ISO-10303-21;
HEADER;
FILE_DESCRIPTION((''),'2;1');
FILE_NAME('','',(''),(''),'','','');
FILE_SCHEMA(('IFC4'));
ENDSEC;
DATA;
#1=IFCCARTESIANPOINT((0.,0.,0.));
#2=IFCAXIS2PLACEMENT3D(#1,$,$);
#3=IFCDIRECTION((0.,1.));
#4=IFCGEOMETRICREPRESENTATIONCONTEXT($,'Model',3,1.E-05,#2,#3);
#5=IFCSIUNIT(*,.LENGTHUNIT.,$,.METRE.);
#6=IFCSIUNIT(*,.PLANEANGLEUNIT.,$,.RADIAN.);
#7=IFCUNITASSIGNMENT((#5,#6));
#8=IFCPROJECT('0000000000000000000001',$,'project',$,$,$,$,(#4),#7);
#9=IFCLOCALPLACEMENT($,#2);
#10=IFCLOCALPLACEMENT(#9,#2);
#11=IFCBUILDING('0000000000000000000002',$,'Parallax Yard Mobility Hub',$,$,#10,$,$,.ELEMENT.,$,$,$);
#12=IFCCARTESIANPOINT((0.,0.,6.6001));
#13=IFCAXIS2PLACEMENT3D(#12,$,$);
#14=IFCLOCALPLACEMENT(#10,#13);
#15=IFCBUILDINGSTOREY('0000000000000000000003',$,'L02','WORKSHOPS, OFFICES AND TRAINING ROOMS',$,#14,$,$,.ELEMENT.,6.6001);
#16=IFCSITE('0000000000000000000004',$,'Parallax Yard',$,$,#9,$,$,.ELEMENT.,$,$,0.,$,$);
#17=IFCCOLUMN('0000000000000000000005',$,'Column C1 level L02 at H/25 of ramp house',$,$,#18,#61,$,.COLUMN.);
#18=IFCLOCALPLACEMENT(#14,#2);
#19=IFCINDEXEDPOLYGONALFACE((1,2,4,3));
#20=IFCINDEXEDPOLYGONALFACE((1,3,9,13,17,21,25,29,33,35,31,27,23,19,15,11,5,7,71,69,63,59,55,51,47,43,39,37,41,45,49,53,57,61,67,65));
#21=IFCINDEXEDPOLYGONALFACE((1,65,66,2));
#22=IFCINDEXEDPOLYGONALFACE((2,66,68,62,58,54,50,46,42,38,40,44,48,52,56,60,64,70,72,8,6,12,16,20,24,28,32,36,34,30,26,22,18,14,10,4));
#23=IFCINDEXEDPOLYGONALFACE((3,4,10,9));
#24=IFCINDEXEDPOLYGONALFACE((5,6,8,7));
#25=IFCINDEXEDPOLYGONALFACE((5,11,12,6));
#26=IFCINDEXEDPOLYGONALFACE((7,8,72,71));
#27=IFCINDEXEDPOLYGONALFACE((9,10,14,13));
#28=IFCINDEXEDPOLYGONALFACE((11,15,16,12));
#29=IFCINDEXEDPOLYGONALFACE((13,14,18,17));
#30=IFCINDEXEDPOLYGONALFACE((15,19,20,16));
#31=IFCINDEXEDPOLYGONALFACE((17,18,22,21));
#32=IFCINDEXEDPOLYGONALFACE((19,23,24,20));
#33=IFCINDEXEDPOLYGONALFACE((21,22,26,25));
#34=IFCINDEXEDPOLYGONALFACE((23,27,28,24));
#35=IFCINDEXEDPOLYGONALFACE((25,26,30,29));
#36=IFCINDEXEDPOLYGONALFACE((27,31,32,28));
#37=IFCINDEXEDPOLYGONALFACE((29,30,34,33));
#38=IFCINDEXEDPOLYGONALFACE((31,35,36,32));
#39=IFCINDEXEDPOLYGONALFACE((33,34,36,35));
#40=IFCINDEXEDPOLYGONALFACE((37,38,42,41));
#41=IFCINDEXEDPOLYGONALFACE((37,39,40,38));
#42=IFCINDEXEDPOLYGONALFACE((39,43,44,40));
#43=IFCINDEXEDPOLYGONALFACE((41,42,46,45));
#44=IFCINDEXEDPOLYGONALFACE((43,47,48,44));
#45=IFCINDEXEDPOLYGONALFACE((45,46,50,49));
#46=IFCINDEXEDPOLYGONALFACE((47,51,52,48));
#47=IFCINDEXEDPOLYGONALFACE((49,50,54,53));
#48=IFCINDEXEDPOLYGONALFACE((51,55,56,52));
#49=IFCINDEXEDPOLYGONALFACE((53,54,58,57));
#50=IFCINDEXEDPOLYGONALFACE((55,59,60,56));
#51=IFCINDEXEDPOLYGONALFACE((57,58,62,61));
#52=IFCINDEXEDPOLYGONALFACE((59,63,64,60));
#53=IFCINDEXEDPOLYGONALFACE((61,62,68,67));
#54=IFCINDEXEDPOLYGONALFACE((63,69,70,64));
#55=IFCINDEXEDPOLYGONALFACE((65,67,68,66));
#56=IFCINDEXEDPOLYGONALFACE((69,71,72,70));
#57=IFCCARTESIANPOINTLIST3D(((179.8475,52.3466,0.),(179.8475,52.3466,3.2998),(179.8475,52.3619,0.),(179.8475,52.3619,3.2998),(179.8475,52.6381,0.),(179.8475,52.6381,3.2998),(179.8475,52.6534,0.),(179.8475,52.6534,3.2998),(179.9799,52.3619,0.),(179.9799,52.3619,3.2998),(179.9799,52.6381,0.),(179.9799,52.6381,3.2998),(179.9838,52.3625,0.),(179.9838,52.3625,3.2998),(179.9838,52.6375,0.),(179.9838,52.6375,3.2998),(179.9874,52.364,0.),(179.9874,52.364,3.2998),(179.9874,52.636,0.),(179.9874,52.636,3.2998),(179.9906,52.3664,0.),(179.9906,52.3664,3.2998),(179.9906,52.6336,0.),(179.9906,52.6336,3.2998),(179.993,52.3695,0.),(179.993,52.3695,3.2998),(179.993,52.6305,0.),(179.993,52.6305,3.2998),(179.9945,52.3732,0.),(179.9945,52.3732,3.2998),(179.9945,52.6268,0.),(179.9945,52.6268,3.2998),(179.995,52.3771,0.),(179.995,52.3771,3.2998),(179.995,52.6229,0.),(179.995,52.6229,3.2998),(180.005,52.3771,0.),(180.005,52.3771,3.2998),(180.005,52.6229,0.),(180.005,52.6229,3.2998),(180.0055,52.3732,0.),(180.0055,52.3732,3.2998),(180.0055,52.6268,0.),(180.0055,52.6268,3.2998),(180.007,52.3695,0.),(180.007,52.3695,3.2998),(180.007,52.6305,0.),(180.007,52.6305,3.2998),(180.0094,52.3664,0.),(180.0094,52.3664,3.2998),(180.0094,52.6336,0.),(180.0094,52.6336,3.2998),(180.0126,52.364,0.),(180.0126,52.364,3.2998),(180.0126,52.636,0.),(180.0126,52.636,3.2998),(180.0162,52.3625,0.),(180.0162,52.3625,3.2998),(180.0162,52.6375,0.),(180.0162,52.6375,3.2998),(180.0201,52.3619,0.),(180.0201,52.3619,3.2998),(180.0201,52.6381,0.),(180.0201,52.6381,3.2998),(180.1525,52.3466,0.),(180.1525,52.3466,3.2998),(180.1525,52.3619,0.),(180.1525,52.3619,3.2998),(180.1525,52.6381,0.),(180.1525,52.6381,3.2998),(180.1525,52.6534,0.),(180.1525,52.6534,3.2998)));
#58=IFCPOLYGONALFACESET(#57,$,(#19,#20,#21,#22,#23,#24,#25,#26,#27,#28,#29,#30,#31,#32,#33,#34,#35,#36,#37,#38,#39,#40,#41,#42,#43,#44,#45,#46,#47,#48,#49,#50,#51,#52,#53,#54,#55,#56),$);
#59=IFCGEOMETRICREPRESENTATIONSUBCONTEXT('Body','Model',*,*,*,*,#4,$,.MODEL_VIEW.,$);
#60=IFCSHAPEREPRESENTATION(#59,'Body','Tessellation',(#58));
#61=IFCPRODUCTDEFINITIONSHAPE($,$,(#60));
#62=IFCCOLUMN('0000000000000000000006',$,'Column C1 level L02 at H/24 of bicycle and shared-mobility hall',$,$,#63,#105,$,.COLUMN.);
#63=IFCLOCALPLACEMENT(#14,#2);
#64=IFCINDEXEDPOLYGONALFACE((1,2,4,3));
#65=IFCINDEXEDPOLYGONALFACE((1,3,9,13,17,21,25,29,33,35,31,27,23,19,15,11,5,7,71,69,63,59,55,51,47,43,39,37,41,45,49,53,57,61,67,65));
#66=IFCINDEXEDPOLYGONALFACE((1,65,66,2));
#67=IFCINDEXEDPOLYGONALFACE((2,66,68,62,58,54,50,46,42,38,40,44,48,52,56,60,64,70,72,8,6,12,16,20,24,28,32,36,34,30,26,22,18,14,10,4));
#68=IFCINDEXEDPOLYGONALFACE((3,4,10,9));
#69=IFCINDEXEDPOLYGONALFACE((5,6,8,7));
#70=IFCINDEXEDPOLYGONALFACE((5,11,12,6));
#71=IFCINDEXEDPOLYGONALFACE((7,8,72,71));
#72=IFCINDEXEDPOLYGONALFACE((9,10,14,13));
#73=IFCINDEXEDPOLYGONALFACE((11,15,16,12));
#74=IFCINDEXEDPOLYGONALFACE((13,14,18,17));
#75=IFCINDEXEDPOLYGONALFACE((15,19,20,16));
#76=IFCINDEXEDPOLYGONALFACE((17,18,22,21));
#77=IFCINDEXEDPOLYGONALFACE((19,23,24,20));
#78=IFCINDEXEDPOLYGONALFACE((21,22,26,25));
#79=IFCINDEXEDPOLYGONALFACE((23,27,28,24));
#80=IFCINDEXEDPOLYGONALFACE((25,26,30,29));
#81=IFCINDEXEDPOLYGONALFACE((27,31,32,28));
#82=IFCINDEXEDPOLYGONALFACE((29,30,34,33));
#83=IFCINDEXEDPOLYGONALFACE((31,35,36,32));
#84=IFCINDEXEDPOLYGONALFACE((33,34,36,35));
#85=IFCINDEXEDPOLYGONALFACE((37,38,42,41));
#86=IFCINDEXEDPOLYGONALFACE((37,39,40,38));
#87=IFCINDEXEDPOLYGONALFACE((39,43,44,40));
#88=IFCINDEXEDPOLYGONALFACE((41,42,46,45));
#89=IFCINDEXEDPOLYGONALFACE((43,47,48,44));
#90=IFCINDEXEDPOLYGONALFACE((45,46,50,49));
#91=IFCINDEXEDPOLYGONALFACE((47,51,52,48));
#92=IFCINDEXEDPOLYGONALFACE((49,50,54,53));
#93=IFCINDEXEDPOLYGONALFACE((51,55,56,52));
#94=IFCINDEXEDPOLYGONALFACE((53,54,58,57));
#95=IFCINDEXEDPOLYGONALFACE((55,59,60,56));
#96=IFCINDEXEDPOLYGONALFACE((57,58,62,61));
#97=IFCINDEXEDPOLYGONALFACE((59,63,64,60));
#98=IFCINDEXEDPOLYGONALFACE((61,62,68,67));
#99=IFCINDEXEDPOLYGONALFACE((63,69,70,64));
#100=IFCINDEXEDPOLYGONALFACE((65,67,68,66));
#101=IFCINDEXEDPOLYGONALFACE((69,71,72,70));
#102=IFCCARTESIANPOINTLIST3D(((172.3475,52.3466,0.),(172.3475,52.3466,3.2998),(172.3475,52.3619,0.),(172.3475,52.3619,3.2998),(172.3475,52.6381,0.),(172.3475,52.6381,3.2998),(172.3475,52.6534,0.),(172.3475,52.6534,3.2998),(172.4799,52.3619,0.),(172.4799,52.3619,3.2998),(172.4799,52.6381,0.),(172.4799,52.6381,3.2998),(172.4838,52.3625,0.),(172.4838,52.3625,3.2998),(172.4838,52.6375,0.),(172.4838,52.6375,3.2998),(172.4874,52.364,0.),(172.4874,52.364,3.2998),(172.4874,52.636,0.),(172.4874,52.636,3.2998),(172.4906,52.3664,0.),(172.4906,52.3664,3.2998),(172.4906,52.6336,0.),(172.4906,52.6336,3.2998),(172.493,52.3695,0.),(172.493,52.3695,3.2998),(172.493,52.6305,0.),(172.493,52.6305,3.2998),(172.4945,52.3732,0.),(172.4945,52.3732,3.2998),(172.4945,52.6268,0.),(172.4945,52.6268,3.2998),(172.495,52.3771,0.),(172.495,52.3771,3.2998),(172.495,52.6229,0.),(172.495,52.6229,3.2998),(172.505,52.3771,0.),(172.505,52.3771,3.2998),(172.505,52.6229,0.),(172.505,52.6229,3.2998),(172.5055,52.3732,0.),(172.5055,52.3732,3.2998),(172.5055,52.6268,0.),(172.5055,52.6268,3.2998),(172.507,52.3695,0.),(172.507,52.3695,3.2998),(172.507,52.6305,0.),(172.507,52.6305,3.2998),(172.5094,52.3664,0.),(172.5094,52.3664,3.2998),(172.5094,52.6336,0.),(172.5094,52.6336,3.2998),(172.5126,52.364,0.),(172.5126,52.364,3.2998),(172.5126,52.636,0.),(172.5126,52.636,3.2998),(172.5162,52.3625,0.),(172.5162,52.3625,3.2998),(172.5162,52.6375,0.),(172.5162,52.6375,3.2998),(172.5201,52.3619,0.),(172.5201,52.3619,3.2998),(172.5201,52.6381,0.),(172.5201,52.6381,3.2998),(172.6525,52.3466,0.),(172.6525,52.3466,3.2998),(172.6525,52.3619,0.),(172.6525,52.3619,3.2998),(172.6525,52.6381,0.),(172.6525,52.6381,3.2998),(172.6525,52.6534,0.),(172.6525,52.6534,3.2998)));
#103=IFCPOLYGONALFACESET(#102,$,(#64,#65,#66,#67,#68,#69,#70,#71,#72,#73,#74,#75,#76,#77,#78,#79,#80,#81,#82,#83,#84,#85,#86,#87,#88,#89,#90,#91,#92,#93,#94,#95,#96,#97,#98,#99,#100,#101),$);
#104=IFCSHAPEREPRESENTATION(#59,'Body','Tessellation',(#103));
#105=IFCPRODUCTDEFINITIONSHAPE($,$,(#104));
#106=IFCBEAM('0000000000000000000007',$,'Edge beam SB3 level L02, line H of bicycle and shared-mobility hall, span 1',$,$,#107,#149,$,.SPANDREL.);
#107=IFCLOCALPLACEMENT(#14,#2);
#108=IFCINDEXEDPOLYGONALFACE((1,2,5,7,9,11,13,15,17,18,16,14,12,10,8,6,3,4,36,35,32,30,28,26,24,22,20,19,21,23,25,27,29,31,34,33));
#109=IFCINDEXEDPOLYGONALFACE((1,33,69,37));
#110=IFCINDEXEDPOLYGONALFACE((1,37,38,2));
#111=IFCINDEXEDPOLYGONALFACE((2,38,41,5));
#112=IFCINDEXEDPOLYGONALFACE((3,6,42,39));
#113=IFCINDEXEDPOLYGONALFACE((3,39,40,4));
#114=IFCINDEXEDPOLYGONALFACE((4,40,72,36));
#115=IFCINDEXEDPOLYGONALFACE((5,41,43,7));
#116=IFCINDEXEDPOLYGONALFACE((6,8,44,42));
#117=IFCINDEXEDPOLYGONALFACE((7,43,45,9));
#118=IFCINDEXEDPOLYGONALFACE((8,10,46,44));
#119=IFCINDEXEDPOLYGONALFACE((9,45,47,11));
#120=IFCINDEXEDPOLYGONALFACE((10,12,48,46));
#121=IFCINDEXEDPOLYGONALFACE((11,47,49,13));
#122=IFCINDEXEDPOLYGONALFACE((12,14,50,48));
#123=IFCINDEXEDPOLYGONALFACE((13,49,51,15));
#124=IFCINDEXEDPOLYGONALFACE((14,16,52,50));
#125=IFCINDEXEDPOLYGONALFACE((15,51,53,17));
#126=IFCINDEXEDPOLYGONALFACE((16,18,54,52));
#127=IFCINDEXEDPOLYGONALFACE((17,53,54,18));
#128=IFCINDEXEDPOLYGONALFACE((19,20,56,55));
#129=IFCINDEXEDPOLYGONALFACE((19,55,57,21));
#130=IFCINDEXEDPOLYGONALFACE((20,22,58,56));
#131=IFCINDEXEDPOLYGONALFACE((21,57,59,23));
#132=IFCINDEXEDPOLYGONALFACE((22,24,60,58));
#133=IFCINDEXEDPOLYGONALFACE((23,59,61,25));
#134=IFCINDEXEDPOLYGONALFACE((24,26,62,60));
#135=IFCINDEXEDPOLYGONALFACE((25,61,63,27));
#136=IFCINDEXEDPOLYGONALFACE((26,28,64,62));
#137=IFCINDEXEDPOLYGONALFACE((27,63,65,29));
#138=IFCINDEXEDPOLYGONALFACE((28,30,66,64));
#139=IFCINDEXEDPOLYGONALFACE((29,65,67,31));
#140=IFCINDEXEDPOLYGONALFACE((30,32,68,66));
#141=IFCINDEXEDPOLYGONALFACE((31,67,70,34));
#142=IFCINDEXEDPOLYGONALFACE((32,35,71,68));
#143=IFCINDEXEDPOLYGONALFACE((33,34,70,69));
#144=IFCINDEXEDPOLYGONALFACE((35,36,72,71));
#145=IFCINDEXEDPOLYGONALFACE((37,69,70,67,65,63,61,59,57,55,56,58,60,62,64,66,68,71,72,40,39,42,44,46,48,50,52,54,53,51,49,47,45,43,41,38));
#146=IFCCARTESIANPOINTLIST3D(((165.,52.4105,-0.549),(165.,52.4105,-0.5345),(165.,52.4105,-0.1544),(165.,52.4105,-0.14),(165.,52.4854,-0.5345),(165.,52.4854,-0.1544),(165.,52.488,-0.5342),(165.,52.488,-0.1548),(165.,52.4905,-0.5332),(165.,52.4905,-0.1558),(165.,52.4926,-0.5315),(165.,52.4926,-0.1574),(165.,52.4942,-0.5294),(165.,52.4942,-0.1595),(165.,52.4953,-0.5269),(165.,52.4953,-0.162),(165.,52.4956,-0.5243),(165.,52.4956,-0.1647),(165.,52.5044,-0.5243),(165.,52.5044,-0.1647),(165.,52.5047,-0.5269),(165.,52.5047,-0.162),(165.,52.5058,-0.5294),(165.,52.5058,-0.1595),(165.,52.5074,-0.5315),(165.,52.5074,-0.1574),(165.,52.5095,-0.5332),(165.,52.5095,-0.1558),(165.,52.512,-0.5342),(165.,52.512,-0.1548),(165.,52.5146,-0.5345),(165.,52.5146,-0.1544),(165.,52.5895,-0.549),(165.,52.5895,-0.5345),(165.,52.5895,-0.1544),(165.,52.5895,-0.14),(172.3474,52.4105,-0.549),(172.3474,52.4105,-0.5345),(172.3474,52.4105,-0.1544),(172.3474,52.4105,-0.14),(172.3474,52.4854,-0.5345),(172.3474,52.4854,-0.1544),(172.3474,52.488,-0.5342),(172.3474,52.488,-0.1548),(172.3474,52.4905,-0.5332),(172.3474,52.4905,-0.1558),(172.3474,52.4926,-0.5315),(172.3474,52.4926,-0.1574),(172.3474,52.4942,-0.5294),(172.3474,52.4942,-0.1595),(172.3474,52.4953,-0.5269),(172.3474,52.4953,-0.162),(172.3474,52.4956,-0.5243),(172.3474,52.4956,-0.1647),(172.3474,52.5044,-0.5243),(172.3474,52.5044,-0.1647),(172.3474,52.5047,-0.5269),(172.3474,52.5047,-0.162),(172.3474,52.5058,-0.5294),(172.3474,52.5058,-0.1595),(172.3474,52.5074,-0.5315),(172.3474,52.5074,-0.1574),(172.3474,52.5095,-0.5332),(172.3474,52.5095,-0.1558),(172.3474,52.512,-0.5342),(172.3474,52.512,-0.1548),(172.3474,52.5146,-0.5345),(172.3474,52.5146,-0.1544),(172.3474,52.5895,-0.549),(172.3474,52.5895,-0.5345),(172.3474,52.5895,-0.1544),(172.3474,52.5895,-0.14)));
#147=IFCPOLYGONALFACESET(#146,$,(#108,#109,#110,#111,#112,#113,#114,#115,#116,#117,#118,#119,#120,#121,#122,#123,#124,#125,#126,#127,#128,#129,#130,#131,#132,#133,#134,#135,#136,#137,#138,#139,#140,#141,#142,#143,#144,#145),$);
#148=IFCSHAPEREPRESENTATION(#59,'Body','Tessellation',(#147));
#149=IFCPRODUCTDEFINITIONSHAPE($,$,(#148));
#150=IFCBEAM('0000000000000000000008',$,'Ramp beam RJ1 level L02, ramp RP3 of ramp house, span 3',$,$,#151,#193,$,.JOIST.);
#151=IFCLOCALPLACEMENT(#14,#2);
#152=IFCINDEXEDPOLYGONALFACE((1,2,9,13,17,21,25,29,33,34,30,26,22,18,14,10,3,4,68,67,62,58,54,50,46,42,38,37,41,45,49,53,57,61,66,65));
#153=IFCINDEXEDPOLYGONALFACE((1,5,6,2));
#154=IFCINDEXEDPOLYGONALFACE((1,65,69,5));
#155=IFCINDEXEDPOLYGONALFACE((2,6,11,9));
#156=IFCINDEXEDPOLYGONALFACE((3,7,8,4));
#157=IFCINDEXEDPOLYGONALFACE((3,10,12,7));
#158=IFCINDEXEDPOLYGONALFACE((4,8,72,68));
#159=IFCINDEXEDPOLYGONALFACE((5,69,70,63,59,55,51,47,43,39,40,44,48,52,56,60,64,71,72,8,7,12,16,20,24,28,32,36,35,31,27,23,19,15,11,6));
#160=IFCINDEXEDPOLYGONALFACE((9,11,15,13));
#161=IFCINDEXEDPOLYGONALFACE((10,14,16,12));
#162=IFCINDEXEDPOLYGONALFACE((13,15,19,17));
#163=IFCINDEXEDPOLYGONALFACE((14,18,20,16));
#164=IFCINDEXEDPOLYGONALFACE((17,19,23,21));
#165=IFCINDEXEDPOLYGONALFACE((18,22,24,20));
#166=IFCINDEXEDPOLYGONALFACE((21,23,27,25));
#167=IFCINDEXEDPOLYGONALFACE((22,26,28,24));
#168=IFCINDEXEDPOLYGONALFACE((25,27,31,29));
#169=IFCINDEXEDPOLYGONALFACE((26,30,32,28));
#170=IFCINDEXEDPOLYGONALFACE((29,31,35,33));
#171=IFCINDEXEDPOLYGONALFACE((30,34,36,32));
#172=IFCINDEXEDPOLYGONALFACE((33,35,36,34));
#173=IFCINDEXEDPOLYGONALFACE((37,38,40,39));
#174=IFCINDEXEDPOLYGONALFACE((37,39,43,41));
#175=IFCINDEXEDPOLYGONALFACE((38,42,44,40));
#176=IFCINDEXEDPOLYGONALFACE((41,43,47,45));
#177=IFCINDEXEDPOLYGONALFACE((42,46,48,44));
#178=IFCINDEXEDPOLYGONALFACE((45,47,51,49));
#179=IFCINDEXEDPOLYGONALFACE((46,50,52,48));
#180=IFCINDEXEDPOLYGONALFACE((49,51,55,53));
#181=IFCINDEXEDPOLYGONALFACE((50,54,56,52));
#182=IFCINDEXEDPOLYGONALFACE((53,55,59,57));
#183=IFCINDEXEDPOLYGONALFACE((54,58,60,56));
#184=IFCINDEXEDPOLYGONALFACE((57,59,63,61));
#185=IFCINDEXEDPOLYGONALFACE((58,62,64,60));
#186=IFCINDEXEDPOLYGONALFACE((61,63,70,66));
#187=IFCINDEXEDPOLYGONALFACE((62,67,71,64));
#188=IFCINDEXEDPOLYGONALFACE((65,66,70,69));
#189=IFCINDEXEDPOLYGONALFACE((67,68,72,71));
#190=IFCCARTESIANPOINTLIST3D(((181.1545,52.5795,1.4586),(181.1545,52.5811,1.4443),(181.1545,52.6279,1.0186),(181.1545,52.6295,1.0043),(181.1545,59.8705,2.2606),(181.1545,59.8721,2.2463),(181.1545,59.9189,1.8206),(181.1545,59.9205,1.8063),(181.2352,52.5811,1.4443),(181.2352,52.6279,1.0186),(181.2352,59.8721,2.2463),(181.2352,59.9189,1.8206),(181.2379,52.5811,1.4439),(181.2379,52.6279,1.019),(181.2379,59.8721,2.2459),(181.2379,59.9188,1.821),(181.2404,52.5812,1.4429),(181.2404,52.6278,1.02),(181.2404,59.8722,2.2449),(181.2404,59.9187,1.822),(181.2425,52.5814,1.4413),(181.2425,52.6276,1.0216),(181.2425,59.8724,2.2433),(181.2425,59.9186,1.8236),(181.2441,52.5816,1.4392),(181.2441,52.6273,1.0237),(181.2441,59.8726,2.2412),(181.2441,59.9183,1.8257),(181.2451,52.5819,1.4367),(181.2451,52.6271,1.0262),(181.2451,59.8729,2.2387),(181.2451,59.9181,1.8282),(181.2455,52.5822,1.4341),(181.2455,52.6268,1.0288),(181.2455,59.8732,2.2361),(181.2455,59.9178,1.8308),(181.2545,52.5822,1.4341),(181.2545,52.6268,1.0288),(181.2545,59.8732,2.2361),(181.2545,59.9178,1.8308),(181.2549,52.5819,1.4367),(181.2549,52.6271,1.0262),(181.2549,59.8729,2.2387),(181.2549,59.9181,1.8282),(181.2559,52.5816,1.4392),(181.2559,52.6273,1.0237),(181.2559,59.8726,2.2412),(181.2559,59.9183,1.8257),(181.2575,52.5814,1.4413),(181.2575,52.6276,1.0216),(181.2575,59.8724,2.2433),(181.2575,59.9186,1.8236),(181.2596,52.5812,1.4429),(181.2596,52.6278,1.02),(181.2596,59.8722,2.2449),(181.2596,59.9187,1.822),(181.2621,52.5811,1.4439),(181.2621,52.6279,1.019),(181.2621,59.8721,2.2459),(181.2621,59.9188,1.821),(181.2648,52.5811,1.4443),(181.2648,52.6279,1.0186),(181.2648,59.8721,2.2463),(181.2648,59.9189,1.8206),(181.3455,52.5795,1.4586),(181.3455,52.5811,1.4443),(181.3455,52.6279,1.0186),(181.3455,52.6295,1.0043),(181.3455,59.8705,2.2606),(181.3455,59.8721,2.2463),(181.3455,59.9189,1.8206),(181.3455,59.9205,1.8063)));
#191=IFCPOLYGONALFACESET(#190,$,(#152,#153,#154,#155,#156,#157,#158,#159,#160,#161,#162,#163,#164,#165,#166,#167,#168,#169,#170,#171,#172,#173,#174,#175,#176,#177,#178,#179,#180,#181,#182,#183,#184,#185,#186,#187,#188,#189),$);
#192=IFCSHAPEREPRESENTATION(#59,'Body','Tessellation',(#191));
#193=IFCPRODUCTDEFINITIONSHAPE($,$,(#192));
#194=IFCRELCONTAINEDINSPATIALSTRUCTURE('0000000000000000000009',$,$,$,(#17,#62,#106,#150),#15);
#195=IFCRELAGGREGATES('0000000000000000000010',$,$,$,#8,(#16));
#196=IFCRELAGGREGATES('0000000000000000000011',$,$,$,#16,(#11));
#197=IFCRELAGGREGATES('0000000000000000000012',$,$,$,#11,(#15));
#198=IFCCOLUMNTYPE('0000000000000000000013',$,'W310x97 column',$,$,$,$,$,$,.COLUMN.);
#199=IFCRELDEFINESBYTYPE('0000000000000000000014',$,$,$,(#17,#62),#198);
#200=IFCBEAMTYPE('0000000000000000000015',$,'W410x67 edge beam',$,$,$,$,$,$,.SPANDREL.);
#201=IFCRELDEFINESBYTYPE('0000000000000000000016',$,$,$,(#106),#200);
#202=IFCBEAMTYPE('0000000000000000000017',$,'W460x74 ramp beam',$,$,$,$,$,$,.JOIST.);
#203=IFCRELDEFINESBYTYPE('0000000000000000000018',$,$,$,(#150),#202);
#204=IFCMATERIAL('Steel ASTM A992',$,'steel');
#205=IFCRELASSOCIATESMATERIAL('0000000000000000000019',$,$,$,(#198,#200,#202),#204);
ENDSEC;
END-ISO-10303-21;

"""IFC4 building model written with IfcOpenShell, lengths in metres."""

from ifc_helpers import new_model, si_unit, direction, frame, origin, origin_2d, place, context, subcontext, project, spatial, i_section, extrude, material, material_profile, profile_set, type_object, element, save


model = new_model("IFC4")

# Units and contexts
model_context = context("Model", 3, precision=1e-05, world=origin(), true_north=direction((0.0, 1.0)))
body_context = subcontext(model_context, "Body", "Model", "MODEL_VIEW")
ifc_project = project(units=[si_unit("LENGTHUNIT", "METRE"), si_unit("PLANEANGLEUNIT", "RADIAN")], contexts=[model_context])

# Site, building, storey
site_placement = place(None, origin())
site = spatial("IfcSite", under=ifc_project, at=site_placement, Name="Parallax Yard", CompositionType="ELEMENT", RefElevation=0.0)
building_placement = place(site_placement, origin())
building = spatial("IfcBuilding", under=site, at=building_placement, Name="Parallax Yard Mobility Hub", CompositionType="ELEMENT")
storey_placement = place(building_placement, frame((0.0, 0.0, 6.6001)))
storey = spatial("IfcBuildingStorey", under=building, at=storey_placement, Name="L02", Description="WORKSHOPS, OFFICES AND TRAINING ROOMS", CompositionType="ELEMENT", Elevation=6.6001)

# Columns
ifc_material_1 = material(Name="Steel ASTM A992", Category="steel")
ifc_material_profile_1 = material_profile(ifc_material_1, i_section(OverallWidth=0.3049, OverallDepth=0.3069, WebThickness=0.01, FlangeThickness=0.0154, FilletRadius=0.0151, at=origin_2d()), Name="W310x97")
ifc_profile_set_1 = profile_set([ifc_material_profile_1], Name="Steel ASTM A992")
column_type = type_object("IfcColumnType", Name="W310x97 column", PredefinedType="COLUMN", material=ifc_profile_set_1)
for number, where, z_axis, x_axis, name in (
    (1, (180.0, 52.5, 0.0), (0.0, 0.0, 1.0), (1.0, 0.0, 0.0), "Column C1 level L02 at H/25 of ramp house"),
    (2, (172.5, 52.5, 0.0), (0.0, 0.0, 1.0), (1.0, 0.0, 0.0), "Column C1 level L02 at H/24 of bicycle and shared-mobility hall"),
):
    element("IfcColumn", number, at=place(storey_placement, frame(where, z_axis=z_axis, x_axis=x_axis)), inside=storey, type_object=column_type, Name=name, PredefinedType="COLUMN", context=body_context, shape_type="SweptSolid", body=[
        extrude(i_section(OverallWidth=0.3049, OverallDepth=0.3069, WebThickness=0.01, FlangeThickness=0.0154, FilletRadius=0.0151, at=origin_2d()), origin(), (0.0, 0.0, 1.0), 3.2998),
    ])

# Beams
ifc_material_profile_2 = material_profile(ifc_material_1, i_section(OverallWidth=0.179, OverallDepth=0.4089, WebThickness=0.0088, FlangeThickness=0.0144, FilletRadius=0.0103, at=origin_2d()), Name="W410x67")
ifc_profile_set_2 = profile_set([ifc_material_profile_2], Name="Steel ASTM A992")
beam_type_1 = type_object("IfcBeamType", Name="W410x67 edge beam", PredefinedType="SPANDREL", material=ifc_profile_set_2)
beam_1_placement = place(storey_placement, frame((165.0, 52.5, -0.3445), z_axis=(1.0, 0.0, 0.0), x_axis=(0.0, 1.0, 0.0)))
element("IfcBeam", 3, at=beam_1_placement, inside=storey, type_object=beam_type_1, Name="Edge beam SB3 level L02, line H of bicycle and shared-mobility hall, span 1", PredefinedType="SPANDREL", context=body_context, shape_type="SweptSolid", body=[
    extrude(i_section(OverallWidth=0.179, OverallDepth=0.4089, WebThickness=0.0088, FlangeThickness=0.0144, FilletRadius=0.0103, at=origin_2d()), origin(), (0.0, 0.0, 1.0), 7.3474),
])
ifc_material_profile_3 = material_profile(ifc_material_1, i_section(OverallWidth=0.1909, OverallDepth=0.457, WebThickness=0.009, FlangeThickness=0.0144, FilletRadius=0.0103, at=origin_2d()), Name="W460x74")
ifc_profile_set_3 = profile_set([ifc_material_profile_3], Name="Steel ASTM A992")
beam_type_2 = type_object("IfcBeamType", Name="W460x74 ramp beam", PredefinedType="JOIST", material=ifc_profile_set_3)
for number, where, z_axis, x_axis, name in (
    (4, (181.25, 52.6045, 1.2314), (0.0, 0.994005, 0.109339), (-1.0, 0.0, 0.0), "Ramp beam RJ1 level L02, ramp RP3 of ramp house, span 3"),
):
    element("IfcBeam", number, at=place(storey_placement, frame(where, z_axis=z_axis, x_axis=x_axis)), inside=storey, type_object=beam_type_2, Name=name, PredefinedType="JOIST", context=body_context, shape_type="SweptSolid", body=[
        extrude(i_section(OverallWidth=0.1909, OverallDepth=0.457, WebThickness=0.009, FlangeThickness=0.0144, FilletRadius=0.0103, at=origin_2d()), origin(), (0.0, 0.0, 1.0), 7.335),
    ])

save(model, "model.ifc")
